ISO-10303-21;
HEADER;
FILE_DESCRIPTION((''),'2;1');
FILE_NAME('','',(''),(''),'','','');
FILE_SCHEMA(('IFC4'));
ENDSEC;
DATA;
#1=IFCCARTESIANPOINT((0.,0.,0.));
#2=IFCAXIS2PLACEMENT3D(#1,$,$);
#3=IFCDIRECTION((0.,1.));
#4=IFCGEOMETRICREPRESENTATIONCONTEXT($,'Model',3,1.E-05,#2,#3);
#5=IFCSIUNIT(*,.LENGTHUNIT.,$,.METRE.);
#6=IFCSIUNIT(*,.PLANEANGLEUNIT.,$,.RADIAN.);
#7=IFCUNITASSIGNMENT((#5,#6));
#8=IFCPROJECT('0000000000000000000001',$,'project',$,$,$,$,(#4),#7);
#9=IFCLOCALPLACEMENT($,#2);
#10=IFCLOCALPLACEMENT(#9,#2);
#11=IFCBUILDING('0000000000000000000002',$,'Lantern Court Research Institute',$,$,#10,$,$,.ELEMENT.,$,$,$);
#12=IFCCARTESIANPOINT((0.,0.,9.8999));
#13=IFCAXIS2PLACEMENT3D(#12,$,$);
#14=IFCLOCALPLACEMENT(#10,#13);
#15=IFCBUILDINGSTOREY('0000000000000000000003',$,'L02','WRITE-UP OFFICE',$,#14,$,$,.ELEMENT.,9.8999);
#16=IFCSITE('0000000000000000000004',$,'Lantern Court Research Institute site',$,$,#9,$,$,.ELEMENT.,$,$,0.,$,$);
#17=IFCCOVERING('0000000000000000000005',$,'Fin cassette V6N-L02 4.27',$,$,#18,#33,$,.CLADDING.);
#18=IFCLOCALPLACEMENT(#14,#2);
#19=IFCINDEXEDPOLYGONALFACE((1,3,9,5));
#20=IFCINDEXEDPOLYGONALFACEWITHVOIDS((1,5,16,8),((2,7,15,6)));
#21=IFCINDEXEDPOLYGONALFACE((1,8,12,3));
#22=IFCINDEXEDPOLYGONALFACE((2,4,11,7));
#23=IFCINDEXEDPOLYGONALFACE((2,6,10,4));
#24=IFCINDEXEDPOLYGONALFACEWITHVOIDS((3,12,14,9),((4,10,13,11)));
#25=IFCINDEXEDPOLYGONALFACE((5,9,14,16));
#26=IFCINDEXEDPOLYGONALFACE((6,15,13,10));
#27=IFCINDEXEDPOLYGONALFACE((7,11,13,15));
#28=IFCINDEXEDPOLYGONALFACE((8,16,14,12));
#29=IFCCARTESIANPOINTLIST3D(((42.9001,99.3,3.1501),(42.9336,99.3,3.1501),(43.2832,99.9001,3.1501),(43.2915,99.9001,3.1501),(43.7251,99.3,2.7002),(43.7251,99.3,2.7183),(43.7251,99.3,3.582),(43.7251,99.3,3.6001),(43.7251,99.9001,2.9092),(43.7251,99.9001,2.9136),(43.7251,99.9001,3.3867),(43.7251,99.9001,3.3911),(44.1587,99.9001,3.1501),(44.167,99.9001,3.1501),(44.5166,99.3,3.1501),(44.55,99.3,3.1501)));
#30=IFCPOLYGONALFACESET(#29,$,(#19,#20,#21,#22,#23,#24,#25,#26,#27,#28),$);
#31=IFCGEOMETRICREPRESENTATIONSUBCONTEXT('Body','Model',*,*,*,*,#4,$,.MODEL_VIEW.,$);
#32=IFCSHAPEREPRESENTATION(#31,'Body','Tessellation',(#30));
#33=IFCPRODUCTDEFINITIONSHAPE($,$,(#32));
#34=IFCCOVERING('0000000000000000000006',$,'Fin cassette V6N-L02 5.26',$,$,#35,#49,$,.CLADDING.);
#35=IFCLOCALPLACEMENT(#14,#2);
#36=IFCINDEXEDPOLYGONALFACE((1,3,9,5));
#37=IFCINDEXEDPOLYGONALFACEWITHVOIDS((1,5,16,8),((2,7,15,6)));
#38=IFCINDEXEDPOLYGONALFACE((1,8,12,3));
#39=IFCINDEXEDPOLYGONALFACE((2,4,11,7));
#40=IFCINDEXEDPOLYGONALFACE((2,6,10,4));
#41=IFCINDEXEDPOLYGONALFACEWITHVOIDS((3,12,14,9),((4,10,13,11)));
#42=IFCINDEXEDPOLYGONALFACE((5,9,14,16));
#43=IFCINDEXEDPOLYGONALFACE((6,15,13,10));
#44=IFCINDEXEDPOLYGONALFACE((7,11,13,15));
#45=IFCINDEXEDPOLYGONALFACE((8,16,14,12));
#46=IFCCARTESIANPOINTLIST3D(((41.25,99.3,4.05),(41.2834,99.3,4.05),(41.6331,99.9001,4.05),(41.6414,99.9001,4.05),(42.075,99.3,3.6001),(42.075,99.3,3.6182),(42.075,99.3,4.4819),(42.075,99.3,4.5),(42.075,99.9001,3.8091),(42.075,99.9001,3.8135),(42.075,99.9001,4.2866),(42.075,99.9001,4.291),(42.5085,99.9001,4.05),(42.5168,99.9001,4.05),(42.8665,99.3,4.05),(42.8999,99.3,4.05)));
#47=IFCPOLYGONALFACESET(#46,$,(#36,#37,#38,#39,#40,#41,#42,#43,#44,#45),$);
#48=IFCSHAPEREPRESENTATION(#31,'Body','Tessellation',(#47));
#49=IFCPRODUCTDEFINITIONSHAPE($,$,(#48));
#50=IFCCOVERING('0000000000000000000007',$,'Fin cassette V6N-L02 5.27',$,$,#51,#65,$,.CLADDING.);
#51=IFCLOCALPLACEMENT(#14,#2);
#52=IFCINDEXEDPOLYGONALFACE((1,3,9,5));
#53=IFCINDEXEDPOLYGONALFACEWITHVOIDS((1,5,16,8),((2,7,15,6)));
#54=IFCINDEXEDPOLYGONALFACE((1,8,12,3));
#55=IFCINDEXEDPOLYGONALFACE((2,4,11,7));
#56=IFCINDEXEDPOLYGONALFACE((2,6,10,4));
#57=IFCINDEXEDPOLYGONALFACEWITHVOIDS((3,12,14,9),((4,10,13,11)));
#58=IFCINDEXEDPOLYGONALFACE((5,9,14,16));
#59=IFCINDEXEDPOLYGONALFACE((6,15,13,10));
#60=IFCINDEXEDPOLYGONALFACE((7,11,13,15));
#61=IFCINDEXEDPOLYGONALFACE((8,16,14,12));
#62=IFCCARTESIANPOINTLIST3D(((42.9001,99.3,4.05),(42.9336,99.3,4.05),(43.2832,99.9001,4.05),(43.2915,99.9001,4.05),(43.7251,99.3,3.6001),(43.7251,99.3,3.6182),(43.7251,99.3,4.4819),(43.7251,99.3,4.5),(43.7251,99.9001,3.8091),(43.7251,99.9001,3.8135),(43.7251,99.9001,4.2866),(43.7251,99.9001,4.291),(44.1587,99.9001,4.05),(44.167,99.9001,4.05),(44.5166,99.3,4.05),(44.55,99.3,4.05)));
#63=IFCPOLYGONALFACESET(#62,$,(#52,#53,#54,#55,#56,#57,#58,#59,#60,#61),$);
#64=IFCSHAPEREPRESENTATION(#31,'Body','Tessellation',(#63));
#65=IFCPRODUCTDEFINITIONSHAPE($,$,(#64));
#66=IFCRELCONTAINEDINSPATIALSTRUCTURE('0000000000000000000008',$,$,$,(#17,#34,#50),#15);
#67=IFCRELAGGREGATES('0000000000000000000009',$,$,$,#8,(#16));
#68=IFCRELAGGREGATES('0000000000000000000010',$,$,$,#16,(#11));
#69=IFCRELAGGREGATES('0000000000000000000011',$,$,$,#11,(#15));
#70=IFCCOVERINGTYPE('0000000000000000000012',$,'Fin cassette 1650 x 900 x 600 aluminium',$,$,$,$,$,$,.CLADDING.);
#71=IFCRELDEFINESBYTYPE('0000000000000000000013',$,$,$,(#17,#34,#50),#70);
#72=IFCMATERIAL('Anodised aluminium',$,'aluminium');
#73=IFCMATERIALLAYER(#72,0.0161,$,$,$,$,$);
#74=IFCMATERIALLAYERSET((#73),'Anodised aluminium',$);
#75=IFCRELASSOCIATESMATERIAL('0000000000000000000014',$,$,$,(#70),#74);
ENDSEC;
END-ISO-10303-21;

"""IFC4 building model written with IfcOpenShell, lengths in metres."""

from ifc_helpers import new_model, entity, si_unit, direction, frame, origin, place, context, subcontext, project, spatial, material, layer, layer_set, type_object, element, save


model = new_model("IFC4")

# Units and contexts
model_context = context("Model", 3, precision=1e-05, world=origin(), true_north=direction((0.0, 1.0)))
body_context = subcontext(model_context, "Body", "Model", "MODEL_VIEW")
ifc_project = project(units=[si_unit("LENGTHUNIT", "METRE"), si_unit("PLANEANGLEUNIT", "RADIAN")], contexts=[model_context])

# Site, building, storey
site_placement = place(None, origin())
site = spatial("IfcSite", under=ifc_project, at=site_placement, Name="Lantern Court Research Institute site", CompositionType="ELEMENT", RefElevation=0.0)
building_placement = place(site_placement, origin())
building = spatial("IfcBuilding", under=site, at=building_placement, Name="Lantern Court Research Institute", CompositionType="ELEMENT")
storey_placement = place(building_placement, frame((0.0, 0.0, 9.8999)))
storey = spatial("IfcBuildingStorey", under=building, at=storey_placement, Name="L02", Description="WRITE-UP OFFICE", CompositionType="ELEMENT", Elevation=9.8999)

# Coverings
ifc_material_1 = material(Name="Anodised aluminium", Category="aluminium")
ifc_layer_1 = layer(ifc_material_1, 0.0161)
ifc_layer_set_1 = layer_set([ifc_layer_1], Name="Anodised aluminium")
covering_type_1 = type_object("IfcCoveringType", Name="Fin cassette 1650 x 900 x 600 aluminium", PredefinedType="CLADDING", material=ifc_layer_set_1)
covering_1_placement = place(storey_placement, frame((43.7251, 99.3, 3.1501), z_axis=(0.0, 1.0, 0.0), x_axis=(-1.0, 0.0, 0.0)))
cartesian_point_1 = entity("IfcCartesianPoint", [0.825, 0.0])
cartesian_point_2 = entity("IfcCartesianPoint", [0.7915, 0.0])
cartesian_point_3 = entity("IfcCartesianPoint", [0.4419, 0.0])
cartesian_point_4 = entity("IfcCartesianPoint", [0.4336, 0.0])
element("IfcCovering", 1, at=covering_1_placement, inside=storey, type_object=covering_type_1, Name="Fin cassette V6N-L02 4.27", PredefinedType="CLADDING", context=body_context, shape_type="SweptSolid", body=[
    entity("IfcExtrudedAreaSolidTapered", entity("IfcArbitraryProfileDefWithVoids", "AREA", None, entity("IfcPolyline", [cartesian_point_1, entity("IfcCartesianPoint", [0.0, 0.45]), entity("IfcCartesianPoint", [-0.825, 0.0]), entity("IfcCartesianPoint", [0.0, -0.45]), cartesian_point_1]), [entity("IfcPolyline", [cartesian_point_2, entity("IfcCartesianPoint", [0.0, 0.4319]), entity("IfcCartesianPoint", [-0.7915, 0.0]), entity("IfcCartesianPoint", [0.0, -0.4319]), cartesian_point_2])]), entity("IfcAxis2Placement3D", entity("IfcCartesianPoint", [0.0, 0.0, 0.0])), entity("IfcDirection", [0.0, 0.0, 1.0]), 0.6001, entity("IfcArbitraryProfileDefWithVoids", "AREA", None, entity("IfcPolyline", [cartesian_point_3, entity("IfcCartesianPoint", [0.0, 0.241]), entity("IfcCartesianPoint", [-0.4419, 0.0]), entity("IfcCartesianPoint", [0.0, -0.241]), cartesian_point_3]), [entity("IfcPolyline", [cartesian_point_4, entity("IfcCartesianPoint", [0.0, 0.2366]), entity("IfcCartesianPoint", [-0.4336, 0.0]), entity("IfcCartesianPoint", [0.0, -0.2366]), cartesian_point_4])])),
])
covering_2_placement = place(storey_placement, frame((42.075, 99.3, 4.05), z_axis=(0.0, 1.0, 0.0), x_axis=(-1.0, 0.0, 0.0)))
cartesian_point_5 = entity("IfcCartesianPoint", [0.825, 0.0])
cartesian_point_6 = entity("IfcCartesianPoint", [0.7915, 0.0])
cartesian_point_7 = entity("IfcCartesianPoint", [0.4419, 0.0])
cartesian_point_8 = entity("IfcCartesianPoint", [0.4336, 0.0])
element("IfcCovering", 2, at=covering_2_placement, inside=storey, type_object=covering_type_1, Name="Fin cassette V6N-L02 5.26", PredefinedType="CLADDING", context=body_context, shape_type="SweptSolid", body=[
    entity("IfcExtrudedAreaSolidTapered", entity("IfcArbitraryProfileDefWithVoids", "AREA", None, entity("IfcPolyline", [cartesian_point_5, entity("IfcCartesianPoint", [0.0, 0.45]), entity("IfcCartesianPoint", [-0.825, 0.0]), entity("IfcCartesianPoint", [0.0, -0.45]), cartesian_point_5]), [entity("IfcPolyline", [cartesian_point_6, entity("IfcCartesianPoint", [0.0, 0.4319]), entity("IfcCartesianPoint", [-0.7915, 0.0]), entity("IfcCartesianPoint", [0.0, -0.4319]), cartesian_point_6])]), entity("IfcAxis2Placement3D", entity("IfcCartesianPoint", [0.0, 0.0, 0.0])), entity("IfcDirection", [0.0, 0.0, 1.0]), 0.6001, entity("IfcArbitraryProfileDefWithVoids", "AREA", None, entity("IfcPolyline", [cartesian_point_7, entity("IfcCartesianPoint", [0.0, 0.241]), entity("IfcCartesianPoint", [-0.4419, 0.0]), entity("IfcCartesianPoint", [0.0, -0.241]), cartesian_point_7]), [entity("IfcPolyline", [cartesian_point_8, entity("IfcCartesianPoint", [0.0, 0.2366]), entity("IfcCartesianPoint", [-0.4336, 0.0]), entity("IfcCartesianPoint", [0.0, -0.2366]), cartesian_point_8])])),
])
covering_3_placement = place(storey_placement, frame((43.7251, 99.3, 4.05), z_axis=(0.0, 1.0, 0.0), x_axis=(-1.0, 0.0, 0.0)))
cartesian_point_9 = entity("IfcCartesianPoint", [0.825, 0.0])
cartesian_point_10 = entity("IfcCartesianPoint", [0.7915, 0.0])
cartesian_point_11 = entity("IfcCartesianPoint", [0.4419, 0.0])
cartesian_point_12 = entity("IfcCartesianPoint", [0.4336, 0.0])
element("IfcCovering", 3, at=covering_3_placement, inside=storey, type_object=covering_type_1, Name="Fin cassette V6N-L02 5.27", PredefinedType="CLADDING", context=body_context, shape_type="SweptSolid", body=[
    entity("IfcExtrudedAreaSolidTapered", entity("IfcArbitraryProfileDefWithVoids", "AREA", None, entity("IfcPolyline", [cartesian_point_9, entity("IfcCartesianPoint", [0.0, 0.45]), entity("IfcCartesianPoint", [-0.825, 0.0]), entity("IfcCartesianPoint", [0.0, -0.45]), cartesian_point_9]), [entity("IfcPolyline", [cartesian_point_10, entity("IfcCartesianPoint", [0.0, 0.4319]), entity("IfcCartesianPoint", [-0.7915, 0.0]), entity("IfcCartesianPoint", [0.0, -0.4319]), cartesian_point_10])]), entity("IfcAxis2Placement3D", entity("IfcCartesianPoint", [0.0, 0.0, 0.0])), entity("IfcDirection", [0.0, 0.0, 1.0]), 0.6001, entity("IfcArbitraryProfileDefWithVoids", "AREA", None, entity("IfcPolyline", [cartesian_point_11, entity("IfcCartesianPoint", [0.0, 0.241]), entity("IfcCartesianPoint", [-0.4419, 0.0]), entity("IfcCartesianPoint", [0.0, -0.241]), cartesian_point_11]), [entity("IfcPolyline", [cartesian_point_12, entity("IfcCartesianPoint", [0.0, 0.2366]), entity("IfcCartesianPoint", [-0.4336, 0.0]), entity("IfcCartesianPoint", [0.0, -0.2366]), cartesian_point_12])])),
])

save(model, "model.ifc")
